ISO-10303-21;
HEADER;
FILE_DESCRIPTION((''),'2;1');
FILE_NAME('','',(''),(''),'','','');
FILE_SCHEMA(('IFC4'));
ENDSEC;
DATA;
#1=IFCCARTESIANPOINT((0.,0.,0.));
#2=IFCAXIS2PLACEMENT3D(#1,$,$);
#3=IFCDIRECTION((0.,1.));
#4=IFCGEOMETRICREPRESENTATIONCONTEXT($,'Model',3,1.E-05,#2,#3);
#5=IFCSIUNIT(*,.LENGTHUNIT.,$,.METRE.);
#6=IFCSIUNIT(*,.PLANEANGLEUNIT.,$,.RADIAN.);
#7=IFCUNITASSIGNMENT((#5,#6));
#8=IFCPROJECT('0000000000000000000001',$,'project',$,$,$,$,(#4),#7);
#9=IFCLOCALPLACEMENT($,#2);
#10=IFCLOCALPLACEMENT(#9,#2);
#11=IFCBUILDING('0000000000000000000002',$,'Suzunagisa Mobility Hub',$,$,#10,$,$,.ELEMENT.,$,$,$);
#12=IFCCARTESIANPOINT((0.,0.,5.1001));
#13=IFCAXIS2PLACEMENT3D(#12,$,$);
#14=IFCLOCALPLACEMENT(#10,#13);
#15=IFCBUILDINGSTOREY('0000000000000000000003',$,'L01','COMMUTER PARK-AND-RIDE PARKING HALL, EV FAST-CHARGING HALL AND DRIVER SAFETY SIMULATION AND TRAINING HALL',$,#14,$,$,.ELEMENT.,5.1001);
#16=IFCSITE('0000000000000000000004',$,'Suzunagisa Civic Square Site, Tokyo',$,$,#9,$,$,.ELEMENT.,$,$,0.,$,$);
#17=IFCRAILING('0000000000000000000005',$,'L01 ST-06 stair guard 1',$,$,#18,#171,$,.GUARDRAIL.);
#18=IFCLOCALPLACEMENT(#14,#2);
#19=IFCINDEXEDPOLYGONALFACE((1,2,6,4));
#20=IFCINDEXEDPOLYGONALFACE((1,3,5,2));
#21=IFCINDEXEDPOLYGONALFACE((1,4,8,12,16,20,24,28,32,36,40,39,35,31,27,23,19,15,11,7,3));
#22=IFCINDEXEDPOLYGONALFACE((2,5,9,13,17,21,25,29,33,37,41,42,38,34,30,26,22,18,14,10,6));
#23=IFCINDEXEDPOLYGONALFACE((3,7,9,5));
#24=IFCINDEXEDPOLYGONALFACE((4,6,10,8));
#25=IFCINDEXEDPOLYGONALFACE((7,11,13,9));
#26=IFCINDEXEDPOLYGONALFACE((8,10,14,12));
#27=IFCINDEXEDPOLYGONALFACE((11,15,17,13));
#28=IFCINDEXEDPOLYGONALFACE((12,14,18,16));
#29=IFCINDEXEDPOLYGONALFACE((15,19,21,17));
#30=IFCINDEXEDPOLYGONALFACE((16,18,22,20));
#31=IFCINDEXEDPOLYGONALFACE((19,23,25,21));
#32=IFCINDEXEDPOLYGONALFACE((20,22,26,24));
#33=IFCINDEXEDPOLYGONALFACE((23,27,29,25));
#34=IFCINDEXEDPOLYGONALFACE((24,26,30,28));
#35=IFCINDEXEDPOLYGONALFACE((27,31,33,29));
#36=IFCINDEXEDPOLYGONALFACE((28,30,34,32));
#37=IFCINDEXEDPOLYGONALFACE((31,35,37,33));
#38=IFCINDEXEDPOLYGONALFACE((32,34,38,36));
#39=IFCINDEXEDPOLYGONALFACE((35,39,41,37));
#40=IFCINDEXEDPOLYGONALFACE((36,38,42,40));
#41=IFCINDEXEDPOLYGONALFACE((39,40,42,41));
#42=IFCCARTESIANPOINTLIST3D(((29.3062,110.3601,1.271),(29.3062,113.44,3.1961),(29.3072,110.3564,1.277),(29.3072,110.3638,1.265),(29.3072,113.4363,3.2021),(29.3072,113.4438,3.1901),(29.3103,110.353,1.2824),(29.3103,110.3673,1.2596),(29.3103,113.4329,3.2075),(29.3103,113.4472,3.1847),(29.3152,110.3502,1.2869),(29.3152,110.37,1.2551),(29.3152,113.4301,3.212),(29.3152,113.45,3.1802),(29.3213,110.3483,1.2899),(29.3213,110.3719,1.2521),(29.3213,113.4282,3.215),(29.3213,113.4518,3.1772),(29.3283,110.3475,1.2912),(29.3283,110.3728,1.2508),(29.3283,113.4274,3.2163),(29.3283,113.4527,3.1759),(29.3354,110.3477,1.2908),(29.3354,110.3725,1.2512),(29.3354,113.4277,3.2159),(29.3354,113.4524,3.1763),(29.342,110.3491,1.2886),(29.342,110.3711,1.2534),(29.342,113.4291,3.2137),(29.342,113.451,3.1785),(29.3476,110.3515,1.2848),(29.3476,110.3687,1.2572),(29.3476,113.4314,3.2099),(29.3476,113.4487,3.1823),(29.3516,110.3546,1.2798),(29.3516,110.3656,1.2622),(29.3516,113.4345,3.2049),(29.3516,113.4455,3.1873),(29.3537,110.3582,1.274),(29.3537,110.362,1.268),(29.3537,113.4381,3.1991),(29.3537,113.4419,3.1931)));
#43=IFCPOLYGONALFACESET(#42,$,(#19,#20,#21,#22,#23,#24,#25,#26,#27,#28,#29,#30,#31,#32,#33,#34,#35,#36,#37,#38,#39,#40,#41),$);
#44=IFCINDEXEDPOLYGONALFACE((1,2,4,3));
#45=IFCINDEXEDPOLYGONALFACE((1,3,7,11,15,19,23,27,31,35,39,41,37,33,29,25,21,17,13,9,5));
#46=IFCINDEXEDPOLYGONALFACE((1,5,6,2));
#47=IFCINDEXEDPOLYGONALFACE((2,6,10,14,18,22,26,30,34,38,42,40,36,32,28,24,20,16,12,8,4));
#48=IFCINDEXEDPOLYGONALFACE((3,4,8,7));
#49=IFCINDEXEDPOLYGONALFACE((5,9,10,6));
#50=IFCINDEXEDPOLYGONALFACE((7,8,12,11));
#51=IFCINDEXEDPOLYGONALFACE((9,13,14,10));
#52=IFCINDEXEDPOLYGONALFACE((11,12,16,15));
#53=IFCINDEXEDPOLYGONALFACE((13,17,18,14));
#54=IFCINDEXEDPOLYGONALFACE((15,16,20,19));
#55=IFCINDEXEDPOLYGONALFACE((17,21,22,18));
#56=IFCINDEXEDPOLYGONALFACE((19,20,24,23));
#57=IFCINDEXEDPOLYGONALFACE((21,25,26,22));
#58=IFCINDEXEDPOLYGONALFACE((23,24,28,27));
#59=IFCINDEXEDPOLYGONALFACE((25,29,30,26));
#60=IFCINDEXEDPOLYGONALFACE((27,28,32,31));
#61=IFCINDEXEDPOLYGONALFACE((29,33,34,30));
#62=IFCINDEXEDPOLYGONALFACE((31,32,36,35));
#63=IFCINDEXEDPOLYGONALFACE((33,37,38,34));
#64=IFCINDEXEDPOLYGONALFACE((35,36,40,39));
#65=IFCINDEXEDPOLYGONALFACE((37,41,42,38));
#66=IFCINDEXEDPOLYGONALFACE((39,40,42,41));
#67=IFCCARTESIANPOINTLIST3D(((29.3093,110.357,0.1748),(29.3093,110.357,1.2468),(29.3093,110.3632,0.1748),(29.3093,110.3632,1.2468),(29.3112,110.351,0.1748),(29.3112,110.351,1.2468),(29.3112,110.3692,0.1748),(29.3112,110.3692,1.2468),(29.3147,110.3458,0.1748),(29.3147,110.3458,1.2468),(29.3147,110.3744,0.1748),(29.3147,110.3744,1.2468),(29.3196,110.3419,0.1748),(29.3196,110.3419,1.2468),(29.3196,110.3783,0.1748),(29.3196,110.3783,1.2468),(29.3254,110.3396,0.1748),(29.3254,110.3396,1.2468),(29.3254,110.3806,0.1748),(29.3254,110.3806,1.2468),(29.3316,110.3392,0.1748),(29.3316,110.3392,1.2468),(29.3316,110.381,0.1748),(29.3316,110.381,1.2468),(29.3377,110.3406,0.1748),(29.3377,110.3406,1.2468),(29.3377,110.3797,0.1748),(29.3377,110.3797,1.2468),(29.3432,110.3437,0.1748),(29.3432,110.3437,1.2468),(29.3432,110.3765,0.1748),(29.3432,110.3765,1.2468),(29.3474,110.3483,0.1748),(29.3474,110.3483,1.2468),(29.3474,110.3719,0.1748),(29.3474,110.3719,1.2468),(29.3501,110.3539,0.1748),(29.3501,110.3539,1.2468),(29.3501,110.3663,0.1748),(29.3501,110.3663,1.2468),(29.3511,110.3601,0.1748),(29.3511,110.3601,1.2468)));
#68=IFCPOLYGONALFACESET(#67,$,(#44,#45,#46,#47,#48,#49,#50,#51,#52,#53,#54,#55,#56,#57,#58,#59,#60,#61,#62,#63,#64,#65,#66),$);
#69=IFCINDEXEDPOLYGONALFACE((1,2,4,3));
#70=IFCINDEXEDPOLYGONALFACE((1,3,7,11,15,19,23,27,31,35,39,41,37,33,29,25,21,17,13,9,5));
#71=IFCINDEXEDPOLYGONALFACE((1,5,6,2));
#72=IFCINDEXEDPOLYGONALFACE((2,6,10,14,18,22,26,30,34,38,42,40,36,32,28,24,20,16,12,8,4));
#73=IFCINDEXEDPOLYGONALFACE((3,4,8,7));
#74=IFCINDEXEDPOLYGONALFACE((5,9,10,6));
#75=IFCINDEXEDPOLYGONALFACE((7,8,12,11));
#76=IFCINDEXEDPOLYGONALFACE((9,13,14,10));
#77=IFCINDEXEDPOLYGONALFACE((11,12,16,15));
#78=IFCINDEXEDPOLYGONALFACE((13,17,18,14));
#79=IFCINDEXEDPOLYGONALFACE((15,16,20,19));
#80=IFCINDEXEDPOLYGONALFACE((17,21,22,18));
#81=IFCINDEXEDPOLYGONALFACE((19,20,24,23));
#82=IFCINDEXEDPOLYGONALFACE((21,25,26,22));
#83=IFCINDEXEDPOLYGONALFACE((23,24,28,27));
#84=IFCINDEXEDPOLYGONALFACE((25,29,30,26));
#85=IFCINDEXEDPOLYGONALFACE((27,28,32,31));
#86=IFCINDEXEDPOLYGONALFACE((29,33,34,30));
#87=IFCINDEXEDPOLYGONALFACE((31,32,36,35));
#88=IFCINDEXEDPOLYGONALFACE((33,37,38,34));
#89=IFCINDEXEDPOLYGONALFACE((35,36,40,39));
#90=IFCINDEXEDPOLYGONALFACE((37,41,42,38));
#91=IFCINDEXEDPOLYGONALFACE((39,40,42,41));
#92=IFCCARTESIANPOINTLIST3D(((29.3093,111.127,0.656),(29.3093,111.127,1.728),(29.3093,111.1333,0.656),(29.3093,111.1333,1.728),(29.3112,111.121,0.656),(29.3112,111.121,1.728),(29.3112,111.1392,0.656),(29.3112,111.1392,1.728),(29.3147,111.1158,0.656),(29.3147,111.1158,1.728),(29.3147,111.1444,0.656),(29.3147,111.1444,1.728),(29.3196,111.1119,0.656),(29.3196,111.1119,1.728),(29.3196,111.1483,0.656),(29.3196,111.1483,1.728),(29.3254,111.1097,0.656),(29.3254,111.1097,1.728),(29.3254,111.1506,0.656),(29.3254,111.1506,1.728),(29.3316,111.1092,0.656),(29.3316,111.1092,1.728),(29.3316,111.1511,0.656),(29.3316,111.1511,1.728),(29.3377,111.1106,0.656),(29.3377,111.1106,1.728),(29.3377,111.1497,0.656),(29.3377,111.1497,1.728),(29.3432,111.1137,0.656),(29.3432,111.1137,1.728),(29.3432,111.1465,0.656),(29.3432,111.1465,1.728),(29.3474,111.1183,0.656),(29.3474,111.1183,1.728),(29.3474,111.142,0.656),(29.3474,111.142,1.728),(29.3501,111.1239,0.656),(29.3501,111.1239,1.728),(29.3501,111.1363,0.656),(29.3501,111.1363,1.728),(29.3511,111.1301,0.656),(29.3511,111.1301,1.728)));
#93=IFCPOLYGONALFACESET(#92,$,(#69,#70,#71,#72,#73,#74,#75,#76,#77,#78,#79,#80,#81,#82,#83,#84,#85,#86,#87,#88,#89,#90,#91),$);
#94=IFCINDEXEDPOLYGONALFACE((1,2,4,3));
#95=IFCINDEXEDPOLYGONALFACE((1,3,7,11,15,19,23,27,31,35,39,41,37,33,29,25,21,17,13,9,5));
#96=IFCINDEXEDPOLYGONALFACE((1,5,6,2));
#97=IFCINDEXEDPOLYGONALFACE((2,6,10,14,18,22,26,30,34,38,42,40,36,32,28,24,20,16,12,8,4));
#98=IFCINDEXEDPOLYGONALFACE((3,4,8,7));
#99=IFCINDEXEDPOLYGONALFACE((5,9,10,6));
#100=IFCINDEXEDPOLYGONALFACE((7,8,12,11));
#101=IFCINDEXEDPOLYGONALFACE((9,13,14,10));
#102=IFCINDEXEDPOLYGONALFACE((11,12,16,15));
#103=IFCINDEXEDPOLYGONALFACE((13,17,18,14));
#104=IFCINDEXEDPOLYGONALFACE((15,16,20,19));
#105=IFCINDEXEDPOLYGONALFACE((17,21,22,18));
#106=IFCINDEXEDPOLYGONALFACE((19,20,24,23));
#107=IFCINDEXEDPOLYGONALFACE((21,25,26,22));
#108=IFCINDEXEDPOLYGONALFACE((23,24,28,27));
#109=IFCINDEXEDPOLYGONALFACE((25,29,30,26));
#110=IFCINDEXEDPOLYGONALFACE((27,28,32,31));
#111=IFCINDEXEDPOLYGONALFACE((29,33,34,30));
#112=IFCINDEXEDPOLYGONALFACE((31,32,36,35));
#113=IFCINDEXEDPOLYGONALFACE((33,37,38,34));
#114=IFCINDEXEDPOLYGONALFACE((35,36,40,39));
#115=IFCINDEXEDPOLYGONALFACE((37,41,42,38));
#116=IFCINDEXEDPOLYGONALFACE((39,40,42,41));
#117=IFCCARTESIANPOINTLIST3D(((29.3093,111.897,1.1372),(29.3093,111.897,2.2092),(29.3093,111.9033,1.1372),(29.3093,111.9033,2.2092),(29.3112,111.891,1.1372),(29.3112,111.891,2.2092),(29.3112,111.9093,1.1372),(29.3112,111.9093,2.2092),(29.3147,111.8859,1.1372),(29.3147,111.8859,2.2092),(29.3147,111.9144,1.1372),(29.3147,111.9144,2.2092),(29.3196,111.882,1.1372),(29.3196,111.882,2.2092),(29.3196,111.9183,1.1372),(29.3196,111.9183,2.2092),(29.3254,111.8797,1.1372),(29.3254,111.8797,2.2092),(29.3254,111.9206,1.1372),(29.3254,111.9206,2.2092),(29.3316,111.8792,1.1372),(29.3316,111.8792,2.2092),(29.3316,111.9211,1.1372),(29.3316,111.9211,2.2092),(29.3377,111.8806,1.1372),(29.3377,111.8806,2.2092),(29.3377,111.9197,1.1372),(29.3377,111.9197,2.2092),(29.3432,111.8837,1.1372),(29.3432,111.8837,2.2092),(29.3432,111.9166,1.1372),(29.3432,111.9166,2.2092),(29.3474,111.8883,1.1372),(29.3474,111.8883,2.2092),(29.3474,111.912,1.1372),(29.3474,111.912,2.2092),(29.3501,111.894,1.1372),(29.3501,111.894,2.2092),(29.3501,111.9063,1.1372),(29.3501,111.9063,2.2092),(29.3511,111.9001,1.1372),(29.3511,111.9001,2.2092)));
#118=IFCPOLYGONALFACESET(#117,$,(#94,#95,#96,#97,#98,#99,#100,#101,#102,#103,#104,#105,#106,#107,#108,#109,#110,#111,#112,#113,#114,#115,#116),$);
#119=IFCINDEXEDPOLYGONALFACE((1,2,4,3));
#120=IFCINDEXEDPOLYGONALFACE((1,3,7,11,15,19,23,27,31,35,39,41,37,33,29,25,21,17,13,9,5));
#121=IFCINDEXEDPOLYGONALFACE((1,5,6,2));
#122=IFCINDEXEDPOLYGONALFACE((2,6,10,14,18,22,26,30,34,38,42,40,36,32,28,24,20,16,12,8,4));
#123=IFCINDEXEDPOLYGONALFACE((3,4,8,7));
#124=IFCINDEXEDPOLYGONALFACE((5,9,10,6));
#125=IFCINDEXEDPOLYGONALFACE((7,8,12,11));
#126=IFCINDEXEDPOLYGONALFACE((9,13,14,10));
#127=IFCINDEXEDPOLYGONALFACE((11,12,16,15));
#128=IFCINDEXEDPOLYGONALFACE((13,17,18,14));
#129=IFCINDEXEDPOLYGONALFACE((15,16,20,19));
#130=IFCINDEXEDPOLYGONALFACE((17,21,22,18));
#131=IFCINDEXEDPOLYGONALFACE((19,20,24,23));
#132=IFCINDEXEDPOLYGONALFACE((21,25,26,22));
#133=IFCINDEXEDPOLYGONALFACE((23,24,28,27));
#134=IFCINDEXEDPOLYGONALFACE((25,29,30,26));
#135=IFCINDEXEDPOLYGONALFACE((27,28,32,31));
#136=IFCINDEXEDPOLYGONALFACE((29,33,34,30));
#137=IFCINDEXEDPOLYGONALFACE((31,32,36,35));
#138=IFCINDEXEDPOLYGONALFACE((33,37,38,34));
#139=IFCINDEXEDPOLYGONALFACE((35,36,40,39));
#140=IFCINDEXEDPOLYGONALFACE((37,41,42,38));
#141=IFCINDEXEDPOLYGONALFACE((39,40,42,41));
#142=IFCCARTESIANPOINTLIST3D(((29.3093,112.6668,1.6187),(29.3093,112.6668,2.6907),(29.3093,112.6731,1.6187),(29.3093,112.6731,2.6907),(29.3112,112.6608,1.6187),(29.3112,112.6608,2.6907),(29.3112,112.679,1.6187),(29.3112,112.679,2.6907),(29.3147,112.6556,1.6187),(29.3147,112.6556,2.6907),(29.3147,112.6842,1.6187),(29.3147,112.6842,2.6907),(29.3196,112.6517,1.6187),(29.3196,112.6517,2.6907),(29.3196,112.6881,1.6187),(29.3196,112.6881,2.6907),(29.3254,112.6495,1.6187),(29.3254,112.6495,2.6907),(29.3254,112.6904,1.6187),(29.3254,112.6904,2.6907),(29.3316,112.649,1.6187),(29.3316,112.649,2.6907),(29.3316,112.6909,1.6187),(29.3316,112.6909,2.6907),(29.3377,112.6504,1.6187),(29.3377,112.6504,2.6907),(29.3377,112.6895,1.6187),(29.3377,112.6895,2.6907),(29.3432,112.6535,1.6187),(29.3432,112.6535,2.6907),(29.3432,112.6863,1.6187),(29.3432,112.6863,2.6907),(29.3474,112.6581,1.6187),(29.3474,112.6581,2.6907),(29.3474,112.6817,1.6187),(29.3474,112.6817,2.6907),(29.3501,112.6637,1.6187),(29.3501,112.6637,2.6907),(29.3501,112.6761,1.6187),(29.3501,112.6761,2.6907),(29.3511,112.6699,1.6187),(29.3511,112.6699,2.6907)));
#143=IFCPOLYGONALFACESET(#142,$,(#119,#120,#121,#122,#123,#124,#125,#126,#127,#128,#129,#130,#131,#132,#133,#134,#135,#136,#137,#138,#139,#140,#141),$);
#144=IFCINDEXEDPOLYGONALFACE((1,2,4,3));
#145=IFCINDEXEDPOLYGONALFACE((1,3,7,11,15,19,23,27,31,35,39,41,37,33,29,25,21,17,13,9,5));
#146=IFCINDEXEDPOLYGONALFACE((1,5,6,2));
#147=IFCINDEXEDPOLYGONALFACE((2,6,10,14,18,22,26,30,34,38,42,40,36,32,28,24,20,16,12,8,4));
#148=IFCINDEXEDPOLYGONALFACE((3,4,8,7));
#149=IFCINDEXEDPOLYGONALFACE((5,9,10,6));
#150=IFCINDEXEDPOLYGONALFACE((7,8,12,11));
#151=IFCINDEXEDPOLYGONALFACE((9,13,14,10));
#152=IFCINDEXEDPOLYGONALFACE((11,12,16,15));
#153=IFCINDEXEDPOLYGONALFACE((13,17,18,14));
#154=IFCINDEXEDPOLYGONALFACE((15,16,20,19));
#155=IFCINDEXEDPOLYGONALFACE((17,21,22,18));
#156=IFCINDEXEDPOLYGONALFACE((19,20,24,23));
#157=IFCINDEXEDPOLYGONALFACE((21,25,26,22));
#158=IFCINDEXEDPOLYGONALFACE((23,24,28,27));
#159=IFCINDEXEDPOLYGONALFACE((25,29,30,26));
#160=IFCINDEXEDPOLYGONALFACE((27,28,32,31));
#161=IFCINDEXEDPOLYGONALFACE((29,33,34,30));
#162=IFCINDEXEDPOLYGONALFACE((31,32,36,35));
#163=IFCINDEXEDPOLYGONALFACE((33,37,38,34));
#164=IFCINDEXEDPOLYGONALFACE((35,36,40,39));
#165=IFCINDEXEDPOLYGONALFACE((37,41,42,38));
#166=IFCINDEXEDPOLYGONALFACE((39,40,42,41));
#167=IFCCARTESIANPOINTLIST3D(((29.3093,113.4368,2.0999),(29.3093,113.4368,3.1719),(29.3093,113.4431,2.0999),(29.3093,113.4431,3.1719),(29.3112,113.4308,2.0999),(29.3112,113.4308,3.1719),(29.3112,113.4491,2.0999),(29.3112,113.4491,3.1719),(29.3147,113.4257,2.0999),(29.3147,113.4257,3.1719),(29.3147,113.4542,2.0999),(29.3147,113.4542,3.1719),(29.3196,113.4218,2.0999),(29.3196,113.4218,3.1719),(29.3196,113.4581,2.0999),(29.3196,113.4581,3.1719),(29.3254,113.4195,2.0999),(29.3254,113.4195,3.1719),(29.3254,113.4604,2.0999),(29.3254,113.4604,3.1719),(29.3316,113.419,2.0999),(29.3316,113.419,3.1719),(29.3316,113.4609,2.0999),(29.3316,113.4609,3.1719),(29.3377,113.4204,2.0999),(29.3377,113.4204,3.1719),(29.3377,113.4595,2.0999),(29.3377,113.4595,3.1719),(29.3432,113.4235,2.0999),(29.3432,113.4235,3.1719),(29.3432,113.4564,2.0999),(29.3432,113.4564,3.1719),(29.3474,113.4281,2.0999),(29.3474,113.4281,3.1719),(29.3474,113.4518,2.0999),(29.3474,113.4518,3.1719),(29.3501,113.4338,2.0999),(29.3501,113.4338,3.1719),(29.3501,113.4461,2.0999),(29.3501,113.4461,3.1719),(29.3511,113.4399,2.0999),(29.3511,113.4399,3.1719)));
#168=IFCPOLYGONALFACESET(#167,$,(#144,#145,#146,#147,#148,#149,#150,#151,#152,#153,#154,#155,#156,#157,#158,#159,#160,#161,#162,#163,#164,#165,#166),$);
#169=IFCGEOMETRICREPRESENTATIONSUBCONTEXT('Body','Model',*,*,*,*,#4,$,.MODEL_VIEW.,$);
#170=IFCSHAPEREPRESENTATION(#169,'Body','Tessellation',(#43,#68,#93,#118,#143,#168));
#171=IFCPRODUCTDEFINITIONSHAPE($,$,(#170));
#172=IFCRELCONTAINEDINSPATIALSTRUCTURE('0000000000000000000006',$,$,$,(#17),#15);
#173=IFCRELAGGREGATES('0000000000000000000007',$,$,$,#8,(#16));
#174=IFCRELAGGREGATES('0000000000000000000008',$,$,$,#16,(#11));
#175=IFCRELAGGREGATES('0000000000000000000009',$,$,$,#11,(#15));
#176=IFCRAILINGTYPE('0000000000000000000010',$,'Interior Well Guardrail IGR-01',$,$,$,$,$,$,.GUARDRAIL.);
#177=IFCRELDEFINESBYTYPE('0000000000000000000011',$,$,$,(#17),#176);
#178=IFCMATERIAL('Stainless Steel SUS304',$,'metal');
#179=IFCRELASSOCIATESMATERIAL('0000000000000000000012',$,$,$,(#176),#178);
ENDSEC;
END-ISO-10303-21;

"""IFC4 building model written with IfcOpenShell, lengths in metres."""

from ifc_helpers import new_model, si_unit, direction, frame, origin, origin_2d, place, context, subcontext, project, spatial, circle, extrude, material, type_object, element, save


model = new_model("IFC4")

# Units and contexts
model_context = context("Model", 3, precision=1e-05, world=origin(), true_north=direction((0.0, 1.0)))
body_context = subcontext(model_context, "Body", "Model", "MODEL_VIEW")
ifc_project = project(units=[si_unit("LENGTHUNIT", "METRE"), si_unit("PLANEANGLEUNIT", "RADIAN")], contexts=[model_context])

# Site, building, storey
site_placement = place(None, origin())
site = spatial("IfcSite", under=ifc_project, at=site_placement, Name="Suzunagisa Civic Square Site, Tokyo", CompositionType="ELEMENT", RefElevation=0.0)
building_placement = place(site_placement, origin())
building = spatial("IfcBuilding", under=site, at=building_placement, Name="Suzunagisa Mobility Hub", CompositionType="ELEMENT")
storey_placement = place(building_placement, frame((0.0, 0.0, 5.1001)))
storey = spatial("IfcBuildingStorey", under=building, at=storey_placement, Name="L01", Description="COMMUTER PARK-AND-RIDE PARKING HALL, EV FAST-CHARGING HALL AND DRIVER SAFETY SIMULATION AND TRAINING HALL", CompositionType="ELEMENT", Elevation=5.1001)

# Railing
ifc_material_1 = material(Name="Stainless Steel SUS304", Category="metal")
railing_type_1 = type_object("IfcRailingType", Name="Interior Well Guardrail IGR-01", PredefinedType="GUARDRAIL", material=ifc_material_1)
railing_1_placement = place(storey_placement, frame((29.3301, 110.3601, 0.1748)))
element("IfcRailing", 1, at=railing_1_placement, inside=storey, type_object=railing_type_1, Name="L01 ST-06 stair guard 1", PredefinedType="GUARDRAIL", context=body_context, shape_type="SweptSolid", body=[
    extrude(circle(Radius=0.0239, at=origin_2d()), frame((0.0, 0.0, 1.0962), z_axis=(0.0, 0.847979, 0.530029), x_axis=(-1.0, 0.0, 0.0)), (0.0, 0.0, 1.0), 3.6321),
    extrude(circle(Radius=0.021, at=origin_2d()), origin(), (0.0, 0.0, 1.0), 1.072),
    extrude(circle(Radius=0.021, at=origin_2d()), frame((0.0, 0.77, 0.4812)), (0.0, 0.0, 1.0), 1.072),
    extrude(circle(Radius=0.021, at=origin_2d()), frame((0.0, 1.54, 0.9624)), (0.0, 0.0, 1.0), 1.072),
    extrude(circle(Radius=0.021, at=origin_2d()), frame((0.0, 2.3098, 1.4438)), (0.0, 0.0, 1.0), 1.072),
    extrude(circle(Radius=0.021, at=origin_2d()), frame((0.0, 3.0798, 1.925)), (0.0, 0.0, 1.0), 1.072),
])

save(model, "model.ifc")
